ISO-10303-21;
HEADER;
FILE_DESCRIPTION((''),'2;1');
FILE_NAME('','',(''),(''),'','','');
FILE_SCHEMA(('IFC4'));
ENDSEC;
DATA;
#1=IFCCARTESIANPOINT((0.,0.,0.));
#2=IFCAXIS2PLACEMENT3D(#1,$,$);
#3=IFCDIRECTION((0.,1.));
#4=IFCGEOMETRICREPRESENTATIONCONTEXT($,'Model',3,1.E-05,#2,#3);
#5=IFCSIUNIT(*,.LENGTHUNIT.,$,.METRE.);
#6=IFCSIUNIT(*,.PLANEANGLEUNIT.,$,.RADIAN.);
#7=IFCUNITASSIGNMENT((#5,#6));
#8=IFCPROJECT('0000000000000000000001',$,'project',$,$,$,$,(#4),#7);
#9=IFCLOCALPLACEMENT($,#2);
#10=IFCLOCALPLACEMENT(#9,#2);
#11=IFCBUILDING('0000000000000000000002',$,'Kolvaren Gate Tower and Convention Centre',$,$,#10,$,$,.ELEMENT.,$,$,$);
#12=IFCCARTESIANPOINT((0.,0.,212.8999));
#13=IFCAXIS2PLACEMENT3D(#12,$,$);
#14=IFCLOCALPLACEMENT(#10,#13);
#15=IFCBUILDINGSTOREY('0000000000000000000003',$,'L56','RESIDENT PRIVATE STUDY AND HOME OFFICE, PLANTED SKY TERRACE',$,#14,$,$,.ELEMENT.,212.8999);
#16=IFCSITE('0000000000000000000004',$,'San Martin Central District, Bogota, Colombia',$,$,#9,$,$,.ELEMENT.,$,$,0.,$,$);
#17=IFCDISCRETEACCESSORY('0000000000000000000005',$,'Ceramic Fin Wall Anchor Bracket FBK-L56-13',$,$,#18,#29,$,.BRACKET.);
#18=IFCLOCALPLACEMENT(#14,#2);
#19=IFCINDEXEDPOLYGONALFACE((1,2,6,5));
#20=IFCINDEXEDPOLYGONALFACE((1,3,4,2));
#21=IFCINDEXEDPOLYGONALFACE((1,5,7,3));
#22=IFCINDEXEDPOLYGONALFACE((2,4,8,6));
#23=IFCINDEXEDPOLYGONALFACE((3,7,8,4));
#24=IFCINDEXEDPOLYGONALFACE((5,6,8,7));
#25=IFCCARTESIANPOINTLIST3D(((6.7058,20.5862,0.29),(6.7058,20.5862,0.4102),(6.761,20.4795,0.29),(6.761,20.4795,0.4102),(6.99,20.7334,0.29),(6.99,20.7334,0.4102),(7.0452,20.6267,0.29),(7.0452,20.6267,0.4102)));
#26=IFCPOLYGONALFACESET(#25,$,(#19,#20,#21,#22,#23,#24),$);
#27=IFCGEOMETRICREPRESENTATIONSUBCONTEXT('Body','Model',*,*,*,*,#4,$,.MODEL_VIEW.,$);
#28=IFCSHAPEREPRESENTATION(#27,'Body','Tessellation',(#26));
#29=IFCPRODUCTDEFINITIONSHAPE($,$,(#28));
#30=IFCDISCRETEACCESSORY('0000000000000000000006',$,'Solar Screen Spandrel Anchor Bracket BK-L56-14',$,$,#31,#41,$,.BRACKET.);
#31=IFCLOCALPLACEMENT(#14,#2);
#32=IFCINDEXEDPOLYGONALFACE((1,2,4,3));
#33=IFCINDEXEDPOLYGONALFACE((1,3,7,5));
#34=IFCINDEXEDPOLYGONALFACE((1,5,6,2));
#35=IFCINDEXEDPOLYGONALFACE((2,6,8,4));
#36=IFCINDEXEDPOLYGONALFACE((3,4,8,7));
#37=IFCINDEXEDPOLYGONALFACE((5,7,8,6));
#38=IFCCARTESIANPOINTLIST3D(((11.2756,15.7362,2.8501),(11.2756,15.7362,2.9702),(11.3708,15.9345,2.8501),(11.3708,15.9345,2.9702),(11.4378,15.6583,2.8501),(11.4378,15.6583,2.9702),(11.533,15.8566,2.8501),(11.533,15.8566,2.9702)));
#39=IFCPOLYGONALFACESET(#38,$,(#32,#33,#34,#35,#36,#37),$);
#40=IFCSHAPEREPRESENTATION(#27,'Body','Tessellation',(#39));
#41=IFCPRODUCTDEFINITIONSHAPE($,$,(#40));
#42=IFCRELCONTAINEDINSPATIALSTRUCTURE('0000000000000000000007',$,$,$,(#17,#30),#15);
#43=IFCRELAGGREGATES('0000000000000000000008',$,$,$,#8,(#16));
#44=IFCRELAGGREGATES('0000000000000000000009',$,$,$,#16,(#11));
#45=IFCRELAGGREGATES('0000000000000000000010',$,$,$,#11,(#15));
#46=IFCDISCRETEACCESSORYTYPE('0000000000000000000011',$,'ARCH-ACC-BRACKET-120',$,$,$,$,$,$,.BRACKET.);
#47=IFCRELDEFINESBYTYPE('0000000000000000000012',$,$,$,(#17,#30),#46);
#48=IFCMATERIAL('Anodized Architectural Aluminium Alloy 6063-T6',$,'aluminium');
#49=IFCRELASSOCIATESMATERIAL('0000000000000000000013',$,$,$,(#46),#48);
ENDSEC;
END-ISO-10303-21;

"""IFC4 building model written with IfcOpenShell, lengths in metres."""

from ifc_helpers import new_model, si_unit, direction, frame, origin, origin_2d, place, context, subcontext, project, spatial, rectangle, extrude, material, type_object, element, save


model = new_model("IFC4")

# Units and contexts
model_context = context("Model", 3, precision=1e-05, world=origin(), true_north=direction((0.0, 1.0)))
body_context = subcontext(model_context, "Body", "Model", "MODEL_VIEW")
ifc_project = project(units=[si_unit("LENGTHUNIT", "METRE"), si_unit("PLANEANGLEUNIT", "RADIAN")], contexts=[model_context])

# Site, building, storey
site_placement = place(None, origin())
site = spatial("IfcSite", under=ifc_project, at=site_placement, Name="San Martin Central District, Bogota, Colombia", CompositionType="ELEMENT", RefElevation=0.0)
building_placement = place(site_placement, origin())
building = spatial("IfcBuilding", under=site, at=building_placement, Name="Kolvaren Gate Tower and Convention Centre", CompositionType="ELEMENT")
storey_placement = place(building_placement, frame((0.0, 0.0, 212.8999)))
storey = spatial("IfcBuildingStorey", under=building, at=storey_placement, Name="L56", Description="RESIDENT PRIVATE STUDY AND HOME OFFICE, PLANTED SKY TERRACE", CompositionType="ELEMENT", Elevation=212.8999)

# Shared definitions
ifc_material_1 = material(Name="Anodized Architectural Aluminium Alloy 6063-T6", Category="aluminium")

# Discrete accessories
discrete_accessory_type = type_object("IfcDiscreteAccessoryType", Name="ARCH-ACC-BRACKET-120", PredefinedType="BRACKET", material=ifc_material_1)
discrete_accessory_1_placement = place(storey_placement, frame((6.8755, 20.6064, 0.29), z_axis=(0.0, 0.0, 1.0), x_axis=(0.4598, -0.888023, 0.0)))
element("IfcDiscreteAccessory", 1, at=discrete_accessory_1_placement, inside=storey, type_object=discrete_accessory_type, Name="Ceramic Fin Wall Anchor Bracket FBK-L56-13", PredefinedType="BRACKET", context=body_context, shape_type="SweptSolid", body=[
    extrude(rectangle(XDim=0.1201, YDim=0.3201, at=origin_2d()), origin(), (0.0, 0.0, 1.0), 0.1201),
])
discrete_accessory_2_placement = place(storey_placement, frame((11.4043, 15.7964, 2.8501), z_axis=(0.0, 0.0, 1.0), x_axis=(0.901359, -0.433072, 0.0)))
element("IfcDiscreteAccessory", 2, at=discrete_accessory_2_placement, inside=storey, type_object=discrete_accessory_type, Name="Solar Screen Spandrel Anchor Bracket BK-L56-14", PredefinedType="BRACKET", context=body_context, shape_type="SweptSolid", body=[
    extrude(rectangle(XDim=0.1799, YDim=0.22, at=origin_2d()), origin(), (0.0, 0.0, 1.0), 0.1201),
])

save(model, "model.ifc")
